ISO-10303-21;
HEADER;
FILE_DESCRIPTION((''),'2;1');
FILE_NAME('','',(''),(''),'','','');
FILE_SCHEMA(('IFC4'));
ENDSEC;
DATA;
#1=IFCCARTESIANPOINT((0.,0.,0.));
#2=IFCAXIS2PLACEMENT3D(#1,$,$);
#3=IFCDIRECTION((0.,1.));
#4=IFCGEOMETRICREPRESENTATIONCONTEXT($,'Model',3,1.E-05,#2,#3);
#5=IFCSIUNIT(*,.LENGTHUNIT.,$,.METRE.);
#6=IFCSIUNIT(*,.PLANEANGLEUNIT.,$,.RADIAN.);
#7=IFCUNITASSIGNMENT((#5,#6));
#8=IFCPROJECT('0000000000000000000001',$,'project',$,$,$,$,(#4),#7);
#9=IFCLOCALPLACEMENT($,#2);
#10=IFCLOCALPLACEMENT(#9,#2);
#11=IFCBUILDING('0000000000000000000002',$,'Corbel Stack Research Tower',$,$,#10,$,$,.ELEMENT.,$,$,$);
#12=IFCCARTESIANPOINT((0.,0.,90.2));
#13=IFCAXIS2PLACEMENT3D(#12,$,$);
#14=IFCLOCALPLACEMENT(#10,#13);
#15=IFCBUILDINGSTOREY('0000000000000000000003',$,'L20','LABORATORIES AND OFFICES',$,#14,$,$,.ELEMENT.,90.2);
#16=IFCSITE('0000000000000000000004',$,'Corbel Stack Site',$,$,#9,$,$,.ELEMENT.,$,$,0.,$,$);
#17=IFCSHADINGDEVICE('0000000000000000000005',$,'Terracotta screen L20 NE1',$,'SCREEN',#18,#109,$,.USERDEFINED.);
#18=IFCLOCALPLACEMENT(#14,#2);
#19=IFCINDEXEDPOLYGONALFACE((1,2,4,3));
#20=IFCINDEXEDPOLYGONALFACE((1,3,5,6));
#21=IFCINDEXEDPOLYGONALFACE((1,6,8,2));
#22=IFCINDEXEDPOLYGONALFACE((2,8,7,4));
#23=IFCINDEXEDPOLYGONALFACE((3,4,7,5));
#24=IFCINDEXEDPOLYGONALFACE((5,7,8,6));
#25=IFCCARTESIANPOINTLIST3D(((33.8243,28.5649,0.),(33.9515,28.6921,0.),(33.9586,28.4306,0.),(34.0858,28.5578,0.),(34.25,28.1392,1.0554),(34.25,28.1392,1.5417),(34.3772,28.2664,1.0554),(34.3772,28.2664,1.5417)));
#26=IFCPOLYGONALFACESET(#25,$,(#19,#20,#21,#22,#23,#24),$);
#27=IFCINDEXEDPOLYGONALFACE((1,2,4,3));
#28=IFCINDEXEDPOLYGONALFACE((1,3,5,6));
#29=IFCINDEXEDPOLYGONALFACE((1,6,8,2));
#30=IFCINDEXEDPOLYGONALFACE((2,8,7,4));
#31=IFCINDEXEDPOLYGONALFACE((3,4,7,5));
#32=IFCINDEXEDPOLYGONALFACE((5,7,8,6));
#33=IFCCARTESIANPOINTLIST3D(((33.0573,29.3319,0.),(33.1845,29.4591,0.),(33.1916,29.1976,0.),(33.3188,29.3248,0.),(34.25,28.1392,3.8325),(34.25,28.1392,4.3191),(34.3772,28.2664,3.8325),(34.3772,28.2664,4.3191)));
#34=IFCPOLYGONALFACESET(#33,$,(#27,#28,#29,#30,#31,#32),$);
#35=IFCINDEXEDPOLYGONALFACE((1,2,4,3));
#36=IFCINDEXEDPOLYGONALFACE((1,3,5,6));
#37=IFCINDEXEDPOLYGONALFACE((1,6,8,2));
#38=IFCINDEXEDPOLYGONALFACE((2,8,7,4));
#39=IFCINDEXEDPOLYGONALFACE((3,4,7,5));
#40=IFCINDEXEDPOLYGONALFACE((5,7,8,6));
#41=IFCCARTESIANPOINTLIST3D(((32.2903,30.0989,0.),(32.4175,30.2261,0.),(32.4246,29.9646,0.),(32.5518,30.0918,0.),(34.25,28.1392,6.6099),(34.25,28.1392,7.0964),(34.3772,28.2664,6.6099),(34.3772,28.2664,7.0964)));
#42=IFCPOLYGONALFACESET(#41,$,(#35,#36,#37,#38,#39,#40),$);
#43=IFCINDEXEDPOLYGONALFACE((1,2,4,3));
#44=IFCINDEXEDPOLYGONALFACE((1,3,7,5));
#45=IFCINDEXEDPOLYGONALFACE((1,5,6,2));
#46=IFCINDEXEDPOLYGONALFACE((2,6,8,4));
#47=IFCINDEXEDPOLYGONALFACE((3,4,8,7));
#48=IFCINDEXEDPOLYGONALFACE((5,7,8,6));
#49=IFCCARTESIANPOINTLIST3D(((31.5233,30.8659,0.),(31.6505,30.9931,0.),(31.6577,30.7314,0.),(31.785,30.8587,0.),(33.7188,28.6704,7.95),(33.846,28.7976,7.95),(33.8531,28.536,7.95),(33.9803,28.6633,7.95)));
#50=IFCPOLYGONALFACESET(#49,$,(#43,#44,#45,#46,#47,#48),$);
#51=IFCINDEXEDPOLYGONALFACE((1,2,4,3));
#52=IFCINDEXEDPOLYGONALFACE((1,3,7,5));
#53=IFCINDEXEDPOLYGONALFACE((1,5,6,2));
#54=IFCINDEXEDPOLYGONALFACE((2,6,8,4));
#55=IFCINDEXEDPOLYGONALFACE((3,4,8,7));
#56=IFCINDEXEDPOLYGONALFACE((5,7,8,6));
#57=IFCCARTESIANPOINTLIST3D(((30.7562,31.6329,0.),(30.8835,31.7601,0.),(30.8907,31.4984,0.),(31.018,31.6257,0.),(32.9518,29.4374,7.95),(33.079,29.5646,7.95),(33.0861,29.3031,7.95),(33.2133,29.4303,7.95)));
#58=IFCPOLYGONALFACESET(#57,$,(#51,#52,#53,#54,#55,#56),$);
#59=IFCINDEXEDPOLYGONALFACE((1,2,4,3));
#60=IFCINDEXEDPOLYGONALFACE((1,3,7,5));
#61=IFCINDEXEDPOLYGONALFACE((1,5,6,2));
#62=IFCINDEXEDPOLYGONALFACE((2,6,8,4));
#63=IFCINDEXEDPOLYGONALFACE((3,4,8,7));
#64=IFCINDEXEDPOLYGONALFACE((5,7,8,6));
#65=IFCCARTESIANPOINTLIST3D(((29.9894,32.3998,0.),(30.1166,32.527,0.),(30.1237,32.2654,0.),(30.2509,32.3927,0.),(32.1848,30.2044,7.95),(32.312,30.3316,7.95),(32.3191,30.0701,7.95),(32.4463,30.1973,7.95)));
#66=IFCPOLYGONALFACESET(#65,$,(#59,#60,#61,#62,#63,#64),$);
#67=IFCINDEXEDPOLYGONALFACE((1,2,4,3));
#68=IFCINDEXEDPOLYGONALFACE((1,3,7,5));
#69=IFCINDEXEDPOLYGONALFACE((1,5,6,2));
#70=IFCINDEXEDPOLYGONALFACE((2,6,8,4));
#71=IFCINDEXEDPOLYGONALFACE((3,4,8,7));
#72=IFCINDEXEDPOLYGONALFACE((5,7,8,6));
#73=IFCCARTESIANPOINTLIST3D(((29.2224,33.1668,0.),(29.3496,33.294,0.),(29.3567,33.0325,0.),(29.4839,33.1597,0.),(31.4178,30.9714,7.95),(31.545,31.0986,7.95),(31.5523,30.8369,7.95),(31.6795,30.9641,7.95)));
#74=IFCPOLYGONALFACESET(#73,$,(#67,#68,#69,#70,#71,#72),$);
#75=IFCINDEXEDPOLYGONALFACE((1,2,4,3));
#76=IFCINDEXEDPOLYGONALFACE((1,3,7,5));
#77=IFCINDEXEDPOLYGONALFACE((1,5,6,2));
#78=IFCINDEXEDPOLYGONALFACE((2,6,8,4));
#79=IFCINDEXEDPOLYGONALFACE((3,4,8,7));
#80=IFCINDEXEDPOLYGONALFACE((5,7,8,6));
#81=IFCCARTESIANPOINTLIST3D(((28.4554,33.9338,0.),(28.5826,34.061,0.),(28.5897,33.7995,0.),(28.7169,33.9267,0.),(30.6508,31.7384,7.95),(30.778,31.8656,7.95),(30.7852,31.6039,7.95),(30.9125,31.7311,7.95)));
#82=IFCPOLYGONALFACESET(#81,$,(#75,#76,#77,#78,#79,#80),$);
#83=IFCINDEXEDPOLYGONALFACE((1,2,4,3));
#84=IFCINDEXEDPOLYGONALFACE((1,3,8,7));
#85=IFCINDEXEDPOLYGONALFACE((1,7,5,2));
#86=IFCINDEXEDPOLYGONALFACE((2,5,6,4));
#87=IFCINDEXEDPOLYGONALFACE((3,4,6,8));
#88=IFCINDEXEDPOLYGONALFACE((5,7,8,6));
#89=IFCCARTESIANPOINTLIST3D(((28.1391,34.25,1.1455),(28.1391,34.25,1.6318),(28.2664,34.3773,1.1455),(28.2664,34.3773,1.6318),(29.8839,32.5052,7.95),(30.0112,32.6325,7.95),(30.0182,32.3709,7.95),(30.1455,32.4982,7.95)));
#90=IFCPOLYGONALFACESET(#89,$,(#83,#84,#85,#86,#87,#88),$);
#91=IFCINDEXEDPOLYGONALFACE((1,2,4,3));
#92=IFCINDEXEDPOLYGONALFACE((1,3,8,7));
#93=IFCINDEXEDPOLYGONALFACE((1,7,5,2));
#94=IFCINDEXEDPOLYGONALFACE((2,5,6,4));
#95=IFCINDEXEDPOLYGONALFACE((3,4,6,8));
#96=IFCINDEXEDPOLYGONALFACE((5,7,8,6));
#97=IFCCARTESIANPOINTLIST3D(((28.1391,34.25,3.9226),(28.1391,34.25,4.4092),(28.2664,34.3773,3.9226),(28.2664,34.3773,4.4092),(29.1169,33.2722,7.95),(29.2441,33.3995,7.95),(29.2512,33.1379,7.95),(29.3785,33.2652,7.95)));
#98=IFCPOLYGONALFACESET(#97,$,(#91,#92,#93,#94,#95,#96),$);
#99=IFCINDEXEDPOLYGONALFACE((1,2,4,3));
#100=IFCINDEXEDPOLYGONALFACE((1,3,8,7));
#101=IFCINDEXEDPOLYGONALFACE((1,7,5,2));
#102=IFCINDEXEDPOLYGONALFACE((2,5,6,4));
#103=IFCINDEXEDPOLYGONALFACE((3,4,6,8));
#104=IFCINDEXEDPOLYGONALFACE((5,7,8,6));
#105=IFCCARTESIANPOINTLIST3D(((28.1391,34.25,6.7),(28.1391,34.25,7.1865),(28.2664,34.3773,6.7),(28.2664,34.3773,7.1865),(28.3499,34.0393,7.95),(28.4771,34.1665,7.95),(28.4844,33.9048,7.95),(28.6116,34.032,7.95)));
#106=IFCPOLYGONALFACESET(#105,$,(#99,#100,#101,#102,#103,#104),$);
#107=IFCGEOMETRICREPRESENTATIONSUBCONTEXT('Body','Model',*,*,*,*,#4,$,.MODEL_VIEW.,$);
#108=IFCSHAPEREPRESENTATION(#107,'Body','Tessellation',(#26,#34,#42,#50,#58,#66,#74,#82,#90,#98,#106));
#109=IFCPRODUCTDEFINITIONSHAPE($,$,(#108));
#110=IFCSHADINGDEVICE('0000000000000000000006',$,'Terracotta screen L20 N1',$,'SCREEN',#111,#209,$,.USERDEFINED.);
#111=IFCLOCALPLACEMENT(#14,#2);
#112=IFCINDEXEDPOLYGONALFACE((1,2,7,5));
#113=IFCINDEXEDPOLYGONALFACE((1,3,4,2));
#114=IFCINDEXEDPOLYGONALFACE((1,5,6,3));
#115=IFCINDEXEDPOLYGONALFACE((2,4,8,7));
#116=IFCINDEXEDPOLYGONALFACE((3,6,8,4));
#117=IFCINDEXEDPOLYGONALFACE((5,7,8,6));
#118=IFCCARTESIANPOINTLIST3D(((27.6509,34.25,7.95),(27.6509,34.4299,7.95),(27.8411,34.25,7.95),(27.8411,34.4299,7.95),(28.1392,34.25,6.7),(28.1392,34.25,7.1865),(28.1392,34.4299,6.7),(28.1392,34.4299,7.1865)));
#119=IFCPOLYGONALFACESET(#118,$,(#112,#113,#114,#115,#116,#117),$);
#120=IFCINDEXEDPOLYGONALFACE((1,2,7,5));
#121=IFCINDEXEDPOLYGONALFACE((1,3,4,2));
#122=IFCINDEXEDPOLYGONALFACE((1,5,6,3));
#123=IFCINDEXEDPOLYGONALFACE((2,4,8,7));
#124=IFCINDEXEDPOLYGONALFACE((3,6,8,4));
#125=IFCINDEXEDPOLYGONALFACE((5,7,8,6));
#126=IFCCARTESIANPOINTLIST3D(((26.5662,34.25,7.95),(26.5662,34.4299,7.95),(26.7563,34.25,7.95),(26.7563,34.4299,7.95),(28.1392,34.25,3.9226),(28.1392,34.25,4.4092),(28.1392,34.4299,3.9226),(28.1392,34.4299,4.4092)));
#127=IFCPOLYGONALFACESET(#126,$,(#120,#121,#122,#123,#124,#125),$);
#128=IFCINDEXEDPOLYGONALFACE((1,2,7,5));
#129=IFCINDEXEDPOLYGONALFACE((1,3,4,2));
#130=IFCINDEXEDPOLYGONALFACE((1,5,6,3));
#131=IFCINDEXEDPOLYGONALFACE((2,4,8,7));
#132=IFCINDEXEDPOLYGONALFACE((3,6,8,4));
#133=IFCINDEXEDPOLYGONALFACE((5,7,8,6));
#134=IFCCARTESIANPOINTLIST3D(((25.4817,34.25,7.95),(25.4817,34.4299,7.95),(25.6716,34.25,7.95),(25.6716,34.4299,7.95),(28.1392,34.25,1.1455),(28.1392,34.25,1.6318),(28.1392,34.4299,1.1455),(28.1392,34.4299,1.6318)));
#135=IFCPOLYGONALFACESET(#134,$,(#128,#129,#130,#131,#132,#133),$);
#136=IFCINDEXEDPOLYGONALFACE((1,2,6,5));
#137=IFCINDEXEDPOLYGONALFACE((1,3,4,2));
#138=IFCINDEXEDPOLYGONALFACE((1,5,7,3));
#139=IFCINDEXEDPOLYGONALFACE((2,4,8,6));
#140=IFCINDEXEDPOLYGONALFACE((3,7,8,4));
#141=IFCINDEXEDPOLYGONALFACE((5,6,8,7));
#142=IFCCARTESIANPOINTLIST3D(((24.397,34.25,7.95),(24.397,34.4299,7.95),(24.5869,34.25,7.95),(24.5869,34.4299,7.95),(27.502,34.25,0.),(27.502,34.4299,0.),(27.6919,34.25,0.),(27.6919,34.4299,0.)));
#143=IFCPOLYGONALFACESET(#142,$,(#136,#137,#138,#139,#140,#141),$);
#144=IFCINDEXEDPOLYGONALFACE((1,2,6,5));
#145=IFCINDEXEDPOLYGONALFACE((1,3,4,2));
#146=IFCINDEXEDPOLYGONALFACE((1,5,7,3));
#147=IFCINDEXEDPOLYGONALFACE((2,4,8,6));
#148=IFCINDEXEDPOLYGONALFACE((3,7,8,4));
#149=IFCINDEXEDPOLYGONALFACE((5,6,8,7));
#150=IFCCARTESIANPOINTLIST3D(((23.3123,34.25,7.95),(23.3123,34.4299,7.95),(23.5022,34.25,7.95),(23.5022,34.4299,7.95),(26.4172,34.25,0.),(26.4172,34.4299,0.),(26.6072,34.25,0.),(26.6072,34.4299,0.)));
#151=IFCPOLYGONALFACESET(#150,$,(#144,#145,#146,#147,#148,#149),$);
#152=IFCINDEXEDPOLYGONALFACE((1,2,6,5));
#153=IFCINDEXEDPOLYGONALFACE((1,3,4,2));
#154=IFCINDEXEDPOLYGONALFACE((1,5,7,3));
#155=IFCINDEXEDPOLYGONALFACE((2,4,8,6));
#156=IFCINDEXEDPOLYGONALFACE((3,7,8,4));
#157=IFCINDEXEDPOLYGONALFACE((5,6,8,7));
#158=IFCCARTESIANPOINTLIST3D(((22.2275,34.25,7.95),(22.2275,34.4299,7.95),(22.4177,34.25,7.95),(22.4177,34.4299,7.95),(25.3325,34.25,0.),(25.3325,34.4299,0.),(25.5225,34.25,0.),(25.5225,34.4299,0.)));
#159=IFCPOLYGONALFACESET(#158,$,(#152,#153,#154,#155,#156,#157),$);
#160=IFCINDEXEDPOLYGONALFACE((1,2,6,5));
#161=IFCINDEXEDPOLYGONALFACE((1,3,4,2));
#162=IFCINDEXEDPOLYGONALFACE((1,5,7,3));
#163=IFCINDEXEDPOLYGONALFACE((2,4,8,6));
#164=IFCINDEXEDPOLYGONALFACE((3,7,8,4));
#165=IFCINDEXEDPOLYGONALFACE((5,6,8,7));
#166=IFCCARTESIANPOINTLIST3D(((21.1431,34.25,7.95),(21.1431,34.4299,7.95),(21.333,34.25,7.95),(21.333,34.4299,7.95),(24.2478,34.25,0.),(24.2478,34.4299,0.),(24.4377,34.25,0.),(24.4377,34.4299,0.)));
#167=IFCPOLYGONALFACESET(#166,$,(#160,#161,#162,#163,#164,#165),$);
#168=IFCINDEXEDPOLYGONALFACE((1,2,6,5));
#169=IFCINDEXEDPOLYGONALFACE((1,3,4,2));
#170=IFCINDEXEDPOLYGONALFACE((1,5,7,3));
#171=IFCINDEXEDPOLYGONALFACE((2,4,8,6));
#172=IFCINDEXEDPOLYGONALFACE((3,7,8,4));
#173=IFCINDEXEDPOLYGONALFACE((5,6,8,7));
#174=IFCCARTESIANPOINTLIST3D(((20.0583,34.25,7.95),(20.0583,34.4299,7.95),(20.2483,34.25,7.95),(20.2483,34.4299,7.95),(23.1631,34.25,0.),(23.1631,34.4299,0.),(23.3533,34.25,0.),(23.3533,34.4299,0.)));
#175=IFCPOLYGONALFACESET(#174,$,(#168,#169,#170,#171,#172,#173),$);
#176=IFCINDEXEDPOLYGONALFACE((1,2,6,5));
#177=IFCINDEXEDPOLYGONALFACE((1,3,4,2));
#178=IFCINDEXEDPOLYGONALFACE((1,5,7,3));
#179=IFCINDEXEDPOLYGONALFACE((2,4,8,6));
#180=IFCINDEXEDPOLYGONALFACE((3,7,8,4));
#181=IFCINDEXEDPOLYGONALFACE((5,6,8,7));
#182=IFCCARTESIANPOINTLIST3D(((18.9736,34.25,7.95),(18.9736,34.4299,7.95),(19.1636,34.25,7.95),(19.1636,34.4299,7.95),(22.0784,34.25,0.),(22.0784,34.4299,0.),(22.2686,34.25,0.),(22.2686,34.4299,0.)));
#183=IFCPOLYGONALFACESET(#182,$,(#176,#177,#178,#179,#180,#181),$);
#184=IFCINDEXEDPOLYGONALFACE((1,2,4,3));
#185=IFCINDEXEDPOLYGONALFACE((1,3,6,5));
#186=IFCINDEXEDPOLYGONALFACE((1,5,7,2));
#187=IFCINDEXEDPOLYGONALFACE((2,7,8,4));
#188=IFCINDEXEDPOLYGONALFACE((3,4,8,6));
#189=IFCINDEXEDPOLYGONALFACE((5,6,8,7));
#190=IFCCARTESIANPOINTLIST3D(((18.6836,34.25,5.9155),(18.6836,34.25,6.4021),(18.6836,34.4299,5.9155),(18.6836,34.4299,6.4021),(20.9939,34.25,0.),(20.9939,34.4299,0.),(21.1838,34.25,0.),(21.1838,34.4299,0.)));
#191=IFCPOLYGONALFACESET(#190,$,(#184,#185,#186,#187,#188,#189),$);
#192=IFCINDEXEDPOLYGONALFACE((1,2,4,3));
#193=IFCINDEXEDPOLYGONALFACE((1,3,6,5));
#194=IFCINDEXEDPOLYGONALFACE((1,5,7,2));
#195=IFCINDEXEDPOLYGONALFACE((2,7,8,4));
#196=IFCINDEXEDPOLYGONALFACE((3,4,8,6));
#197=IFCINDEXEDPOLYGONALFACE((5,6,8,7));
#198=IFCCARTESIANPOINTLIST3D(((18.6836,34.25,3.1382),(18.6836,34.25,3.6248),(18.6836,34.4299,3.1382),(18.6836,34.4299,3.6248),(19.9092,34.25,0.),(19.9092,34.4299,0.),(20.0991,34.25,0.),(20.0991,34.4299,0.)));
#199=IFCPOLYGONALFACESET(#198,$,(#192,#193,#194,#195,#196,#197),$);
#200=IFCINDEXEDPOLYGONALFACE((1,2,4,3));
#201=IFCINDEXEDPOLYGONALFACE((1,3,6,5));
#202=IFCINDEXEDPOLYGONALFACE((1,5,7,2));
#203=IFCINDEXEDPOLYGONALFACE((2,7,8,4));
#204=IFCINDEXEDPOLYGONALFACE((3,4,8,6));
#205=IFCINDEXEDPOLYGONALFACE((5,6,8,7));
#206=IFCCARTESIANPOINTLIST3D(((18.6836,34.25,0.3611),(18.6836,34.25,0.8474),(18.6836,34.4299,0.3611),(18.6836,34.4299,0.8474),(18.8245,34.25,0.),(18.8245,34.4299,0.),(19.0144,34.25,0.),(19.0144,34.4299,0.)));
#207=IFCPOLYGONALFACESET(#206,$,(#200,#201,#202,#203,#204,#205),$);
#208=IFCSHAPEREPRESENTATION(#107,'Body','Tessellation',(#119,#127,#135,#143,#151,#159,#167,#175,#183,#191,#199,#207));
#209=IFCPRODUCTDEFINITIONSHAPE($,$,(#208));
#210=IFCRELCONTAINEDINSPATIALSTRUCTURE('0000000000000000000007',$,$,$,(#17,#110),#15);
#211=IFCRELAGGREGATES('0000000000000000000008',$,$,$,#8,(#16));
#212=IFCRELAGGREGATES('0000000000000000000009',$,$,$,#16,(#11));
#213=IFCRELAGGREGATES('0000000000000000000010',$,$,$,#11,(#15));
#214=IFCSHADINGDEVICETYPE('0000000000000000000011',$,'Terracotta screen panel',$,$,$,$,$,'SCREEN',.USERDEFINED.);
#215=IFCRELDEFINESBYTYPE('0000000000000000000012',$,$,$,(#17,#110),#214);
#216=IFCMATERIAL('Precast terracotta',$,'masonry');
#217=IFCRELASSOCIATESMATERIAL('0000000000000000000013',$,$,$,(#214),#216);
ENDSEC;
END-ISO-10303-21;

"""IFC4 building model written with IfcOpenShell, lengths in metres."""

from ifc_helpers import new_model, si_unit, direction, frame, origin, place, context, subcontext, project, spatial, polyline, outline, extrude, source, transform, mapped, material, type_object, element, save


model = new_model("IFC4")

# Units and contexts
model_context = context("Model", 3, precision=1e-05, world=origin(), true_north=direction((0.0, 1.0)))
body_context = subcontext(model_context, "Body", "Model", "MODEL_VIEW")
ifc_project = project(units=[si_unit("LENGTHUNIT", "METRE"), si_unit("PLANEANGLEUNIT", "RADIAN")], contexts=[model_context])

# Site, building, storey
site_placement = place(None, origin())
site = spatial("IfcSite", under=ifc_project, at=site_placement, Name="Corbel Stack Site", CompositionType="ELEMENT", RefElevation=0.0)
building_placement = place(site_placement, origin())
building = spatial("IfcBuilding", under=site, at=building_placement, Name="Corbel Stack Research Tower", CompositionType="ELEMENT")
storey_placement = place(building_placement, frame((0.0, 0.0, 90.2)))
storey = spatial("IfcBuildingStorey", under=building, at=storey_placement, Name="L20", Description="LABORATORIES AND OFFICES", CompositionType="ELEMENT", Elevation=90.2)

# Shading devices
ifc_material_1 = material(Name="Precast terracotta", Category="masonry")
shading_device_type = type_object("IfcShadingDeviceType", Name="Terracotta screen panel", ElementType="SCREEN", PredefinedType="USERDEFINED", material=ifc_material_1)
shared_shape_1 = source(origin(), body_context, "Body", "SweptSolid", [
    extrude(outline(polyline([(0.6021, 0.0), (0.0, 1.5417), (0.0, 1.0554), (0.4121, 0.0), (0.6021, 0.0)])), frame((0.0, 0.0, 0.0), z_axis=(0.0, -1.0, 0.0), x_axis=(1.0, 0.0, 0.0)), (0.0, 0.0, 1.0), 0.1799),
    extrude(outline(polyline([(1.6868, 0.0), (0.0, 4.3191), (0.0, 3.8325), (1.4968, 0.0), (1.6868, 0.0)])), frame((0.0, 0.0, 0.0), z_axis=(0.0, -1.0, 0.0), x_axis=(1.0, 0.0, 0.0)), (0.0, 0.0, 1.0), 0.1799),
    extrude(outline(polyline([(2.7715, 0.0), (0.0, 7.0964), (0.0, 6.6099), (2.5815, 0.0), (2.7715, 0.0)])), frame((0.0, 0.0, 0.0), z_axis=(0.0, -1.0, 0.0), x_axis=(1.0, 0.0, 0.0)), (0.0, 0.0, 1.0), 0.1799),
    extrude(outline(polyline([(3.8562, 0.0), (0.7512, 7.95), (0.5613, 7.95), (3.666, 0.0), (3.8562, 0.0)])), frame((0.0, 0.0, 0.0), z_axis=(0.0, -1.0, 0.0), x_axis=(1.0, 0.0, 0.0)), (0.0, 0.0, 1.0), 0.1799),
    extrude(outline(polyline([(4.9409, 0.0), (1.8359, 7.95), (1.646, 7.95), (4.7507, 0.0), (4.9409, 0.0)])), frame((0.0, 0.0, 0.0), z_axis=(0.0, -1.0, 0.0), x_axis=(1.0, 0.0, 0.0)), (0.0, 0.0, 1.0), 0.1799),
    extrude(outline(polyline([(6.0254, 0.0), (2.9207, 7.95), (2.7307, 7.95), (5.8354, 0.0), (6.0254, 0.0)])), frame((0.0, 0.0, 0.0), z_axis=(0.0, -1.0, 0.0), x_axis=(1.0, 0.0, 0.0)), (0.0, 0.0, 1.0), 0.1799),
    extrude(outline(polyline([(7.1101, 0.0), (4.0054, 7.95), (3.8152, 7.95), (6.9202, 0.0), (7.1101, 0.0)])), frame((0.0, 0.0, 0.0), z_axis=(0.0, -1.0, 0.0), x_axis=(1.0, 0.0, 0.0)), (0.0, 0.0, 1.0), 0.1799),
    extrude(outline(polyline([(8.1948, 0.0), (5.0901, 7.95), (4.8999, 7.95), (8.0049, 0.0), (8.1948, 0.0)])), frame((0.0, 0.0, 0.0), z_axis=(0.0, -1.0, 0.0), x_axis=(1.0, 0.0, 0.0)), (0.0, 0.0, 1.0), 0.1799),
    extrude(outline(polyline([(6.1746, 7.95), (5.9846, 7.95), (8.6421, 1.1455), (8.6421, 1.6318), (6.1746, 7.95)])), frame((0.0, 0.0, 0.0), z_axis=(0.0, -1.0, 0.0), x_axis=(1.0, 0.0, 0.0)), (0.0, 0.0, 1.0), 0.1799),
    extrude(outline(polyline([(7.2593, 7.95), (7.0693, 7.95), (8.6421, 3.9226), (8.6421, 4.4092), (7.2593, 7.95)])), frame((0.0, 0.0, 0.0), z_axis=(0.0, -1.0, 0.0), x_axis=(1.0, 0.0, 0.0)), (0.0, 0.0, 1.0), 0.1799),
    extrude(outline(polyline([(8.344, 7.95), (8.1538, 7.95), (8.6421, 6.7), (8.6421, 7.1865), (8.344, 7.95)])), frame((0.0, 0.0, 0.0), z_axis=(0.0, -1.0, 0.0), x_axis=(1.0, 0.0, 0.0)), (0.0, 0.0, 1.0), 0.1799),
])
shading_device_1_placement = place(storey_placement, frame((34.25, 28.1392, 0.0), z_axis=(0.0, 0.0, 1.0), x_axis=(-0.707107, 0.707107, 0.0)))
element("IfcShadingDevice", 1, at=shading_device_1_placement, inside=storey, type_object=shading_device_type, Name="Terracotta screen L20 NE1", ObjectType="SCREEN", PredefinedType="USERDEFINED", context=body_context, shape_type="MappedRepresentation", body=[
    mapped(shared_shape_1, transform((0.0, 0.0, 0.0))),
])
shared_shape_2 = source(origin(), body_context, "Body", "SweptSolid", [
    extrude(outline(polyline([(0.4883, 7.95), (0.2981, 7.95), (0.0, 7.1865), (0.0, 6.7), (0.4883, 7.95)])), frame((0.0, 0.0, 0.0), z_axis=(0.0, -1.0, 0.0), x_axis=(1.0, 0.0, 0.0)), (0.0, 0.0, 1.0), 0.1799),
    extrude(outline(polyline([(1.573, 7.95), (1.3828, 7.95), (0.0, 4.4092), (0.0, 3.9226), (1.573, 7.95)])), frame((0.0, 0.0, 0.0), z_axis=(0.0, -1.0, 0.0), x_axis=(1.0, 0.0, 0.0)), (0.0, 0.0, 1.0), 0.1799),
    extrude(outline(polyline([(2.6575, 7.95), (2.4675, 7.95), (0.0, 1.6318), (0.0, 1.1455), (2.6575, 7.95)])), frame((0.0, 0.0, 0.0), z_axis=(0.0, -1.0, 0.0), x_axis=(1.0, 0.0, 0.0)), (0.0, 0.0, 1.0), 0.1799),
    extrude(outline(polyline([(0.6372, 0.0), (3.7422, 7.95), (3.5522, 7.95), (0.4473, 0.0), (0.6372, 0.0)])), frame((0.0, 0.0, 0.0), z_axis=(0.0, -1.0, 0.0), x_axis=(1.0, 0.0, 0.0)), (0.0, 0.0, 1.0), 0.1799),
    extrude(outline(polyline([(1.7219, 0.0), (4.8269, 7.95), (4.637, 7.95), (1.532, 0.0), (1.7219, 0.0)])), frame((0.0, 0.0, 0.0), z_axis=(0.0, -1.0, 0.0), x_axis=(1.0, 0.0, 0.0)), (0.0, 0.0, 1.0), 0.1799),
    extrude(outline(polyline([(2.8066, 0.0), (5.9116, 7.95), (5.7214, 7.95), (2.6167, 0.0), (2.8066, 0.0)])), frame((0.0, 0.0, 0.0), z_axis=(0.0, -1.0, 0.0), x_axis=(1.0, 0.0, 0.0)), (0.0, 0.0, 1.0), 0.1799),
    extrude(outline(polyline([(3.8914, 0.0), (6.9961, 7.95), (6.8062, 7.95), (3.7014, 0.0), (3.8914, 0.0)])), frame((0.0, 0.0, 0.0), z_axis=(0.0, -1.0, 0.0), x_axis=(1.0, 0.0, 0.0)), (0.0, 0.0, 1.0), 0.1799),
    extrude(outline(polyline([(4.9761, 0.0), (8.0808, 7.95), (7.8909, 7.95), (4.7859, 0.0), (4.9761, 0.0)])), frame((0.0, 0.0, 0.0), z_axis=(0.0, -1.0, 0.0), x_axis=(1.0, 0.0, 0.0)), (0.0, 0.0, 1.0), 0.1799),
    extrude(outline(polyline([(6.0608, 0.0), (9.1655, 7.95), (8.9756, 7.95), (5.8706, 0.0), (6.0608, 0.0)])), frame((0.0, 0.0, 0.0), z_axis=(0.0, -1.0, 0.0), x_axis=(1.0, 0.0, 0.0)), (0.0, 0.0, 1.0), 0.1799),
    extrude(outline(polyline([(7.1453, 0.0), (9.4556, 5.9155), (9.4556, 6.4021), (6.9553, 0.0), (7.1453, 0.0)])), frame((0.0, 0.0, 0.0), z_axis=(0.0, -1.0, 0.0), x_axis=(1.0, 0.0, 0.0)), (0.0, 0.0, 1.0), 0.1799),
    extrude(outline(polyline([(8.23, 0.0), (9.4556, 3.1382), (9.4556, 3.6248), (8.04, 0.0), (8.23, 0.0)])), frame((0.0, 0.0, 0.0), z_axis=(0.0, -1.0, 0.0), x_axis=(1.0, 0.0, 0.0)), (0.0, 0.0, 1.0), 0.1799),
    extrude(outline(polyline([(9.3147, 0.0), (9.4556, 0.3611), (9.4556, 0.8474), (9.1248, 0.0), (9.3147, 0.0)])), frame((0.0, 0.0, 0.0), z_axis=(0.0, -1.0, 0.0), x_axis=(1.0, 0.0, 0.0)), (0.0, 0.0, 1.0), 0.1799),
])
shading_device_2_placement = place(storey_placement, frame((28.1392, 34.25, 0.0), z_axis=(0.0, 0.0, 1.0), x_axis=(-1.0, 0.0, 0.0)))
element("IfcShadingDevice", 2, at=shading_device_2_placement, inside=storey, type_object=shading_device_type, Name="Terracotta screen L20 N1", ObjectType="SCREEN", PredefinedType="USERDEFINED", context=body_context, shape_type="MappedRepresentation", body=[
    mapped(shared_shape_2, transform((0.0, 0.0, 0.0))),
])

save(model, "model.ifc")
